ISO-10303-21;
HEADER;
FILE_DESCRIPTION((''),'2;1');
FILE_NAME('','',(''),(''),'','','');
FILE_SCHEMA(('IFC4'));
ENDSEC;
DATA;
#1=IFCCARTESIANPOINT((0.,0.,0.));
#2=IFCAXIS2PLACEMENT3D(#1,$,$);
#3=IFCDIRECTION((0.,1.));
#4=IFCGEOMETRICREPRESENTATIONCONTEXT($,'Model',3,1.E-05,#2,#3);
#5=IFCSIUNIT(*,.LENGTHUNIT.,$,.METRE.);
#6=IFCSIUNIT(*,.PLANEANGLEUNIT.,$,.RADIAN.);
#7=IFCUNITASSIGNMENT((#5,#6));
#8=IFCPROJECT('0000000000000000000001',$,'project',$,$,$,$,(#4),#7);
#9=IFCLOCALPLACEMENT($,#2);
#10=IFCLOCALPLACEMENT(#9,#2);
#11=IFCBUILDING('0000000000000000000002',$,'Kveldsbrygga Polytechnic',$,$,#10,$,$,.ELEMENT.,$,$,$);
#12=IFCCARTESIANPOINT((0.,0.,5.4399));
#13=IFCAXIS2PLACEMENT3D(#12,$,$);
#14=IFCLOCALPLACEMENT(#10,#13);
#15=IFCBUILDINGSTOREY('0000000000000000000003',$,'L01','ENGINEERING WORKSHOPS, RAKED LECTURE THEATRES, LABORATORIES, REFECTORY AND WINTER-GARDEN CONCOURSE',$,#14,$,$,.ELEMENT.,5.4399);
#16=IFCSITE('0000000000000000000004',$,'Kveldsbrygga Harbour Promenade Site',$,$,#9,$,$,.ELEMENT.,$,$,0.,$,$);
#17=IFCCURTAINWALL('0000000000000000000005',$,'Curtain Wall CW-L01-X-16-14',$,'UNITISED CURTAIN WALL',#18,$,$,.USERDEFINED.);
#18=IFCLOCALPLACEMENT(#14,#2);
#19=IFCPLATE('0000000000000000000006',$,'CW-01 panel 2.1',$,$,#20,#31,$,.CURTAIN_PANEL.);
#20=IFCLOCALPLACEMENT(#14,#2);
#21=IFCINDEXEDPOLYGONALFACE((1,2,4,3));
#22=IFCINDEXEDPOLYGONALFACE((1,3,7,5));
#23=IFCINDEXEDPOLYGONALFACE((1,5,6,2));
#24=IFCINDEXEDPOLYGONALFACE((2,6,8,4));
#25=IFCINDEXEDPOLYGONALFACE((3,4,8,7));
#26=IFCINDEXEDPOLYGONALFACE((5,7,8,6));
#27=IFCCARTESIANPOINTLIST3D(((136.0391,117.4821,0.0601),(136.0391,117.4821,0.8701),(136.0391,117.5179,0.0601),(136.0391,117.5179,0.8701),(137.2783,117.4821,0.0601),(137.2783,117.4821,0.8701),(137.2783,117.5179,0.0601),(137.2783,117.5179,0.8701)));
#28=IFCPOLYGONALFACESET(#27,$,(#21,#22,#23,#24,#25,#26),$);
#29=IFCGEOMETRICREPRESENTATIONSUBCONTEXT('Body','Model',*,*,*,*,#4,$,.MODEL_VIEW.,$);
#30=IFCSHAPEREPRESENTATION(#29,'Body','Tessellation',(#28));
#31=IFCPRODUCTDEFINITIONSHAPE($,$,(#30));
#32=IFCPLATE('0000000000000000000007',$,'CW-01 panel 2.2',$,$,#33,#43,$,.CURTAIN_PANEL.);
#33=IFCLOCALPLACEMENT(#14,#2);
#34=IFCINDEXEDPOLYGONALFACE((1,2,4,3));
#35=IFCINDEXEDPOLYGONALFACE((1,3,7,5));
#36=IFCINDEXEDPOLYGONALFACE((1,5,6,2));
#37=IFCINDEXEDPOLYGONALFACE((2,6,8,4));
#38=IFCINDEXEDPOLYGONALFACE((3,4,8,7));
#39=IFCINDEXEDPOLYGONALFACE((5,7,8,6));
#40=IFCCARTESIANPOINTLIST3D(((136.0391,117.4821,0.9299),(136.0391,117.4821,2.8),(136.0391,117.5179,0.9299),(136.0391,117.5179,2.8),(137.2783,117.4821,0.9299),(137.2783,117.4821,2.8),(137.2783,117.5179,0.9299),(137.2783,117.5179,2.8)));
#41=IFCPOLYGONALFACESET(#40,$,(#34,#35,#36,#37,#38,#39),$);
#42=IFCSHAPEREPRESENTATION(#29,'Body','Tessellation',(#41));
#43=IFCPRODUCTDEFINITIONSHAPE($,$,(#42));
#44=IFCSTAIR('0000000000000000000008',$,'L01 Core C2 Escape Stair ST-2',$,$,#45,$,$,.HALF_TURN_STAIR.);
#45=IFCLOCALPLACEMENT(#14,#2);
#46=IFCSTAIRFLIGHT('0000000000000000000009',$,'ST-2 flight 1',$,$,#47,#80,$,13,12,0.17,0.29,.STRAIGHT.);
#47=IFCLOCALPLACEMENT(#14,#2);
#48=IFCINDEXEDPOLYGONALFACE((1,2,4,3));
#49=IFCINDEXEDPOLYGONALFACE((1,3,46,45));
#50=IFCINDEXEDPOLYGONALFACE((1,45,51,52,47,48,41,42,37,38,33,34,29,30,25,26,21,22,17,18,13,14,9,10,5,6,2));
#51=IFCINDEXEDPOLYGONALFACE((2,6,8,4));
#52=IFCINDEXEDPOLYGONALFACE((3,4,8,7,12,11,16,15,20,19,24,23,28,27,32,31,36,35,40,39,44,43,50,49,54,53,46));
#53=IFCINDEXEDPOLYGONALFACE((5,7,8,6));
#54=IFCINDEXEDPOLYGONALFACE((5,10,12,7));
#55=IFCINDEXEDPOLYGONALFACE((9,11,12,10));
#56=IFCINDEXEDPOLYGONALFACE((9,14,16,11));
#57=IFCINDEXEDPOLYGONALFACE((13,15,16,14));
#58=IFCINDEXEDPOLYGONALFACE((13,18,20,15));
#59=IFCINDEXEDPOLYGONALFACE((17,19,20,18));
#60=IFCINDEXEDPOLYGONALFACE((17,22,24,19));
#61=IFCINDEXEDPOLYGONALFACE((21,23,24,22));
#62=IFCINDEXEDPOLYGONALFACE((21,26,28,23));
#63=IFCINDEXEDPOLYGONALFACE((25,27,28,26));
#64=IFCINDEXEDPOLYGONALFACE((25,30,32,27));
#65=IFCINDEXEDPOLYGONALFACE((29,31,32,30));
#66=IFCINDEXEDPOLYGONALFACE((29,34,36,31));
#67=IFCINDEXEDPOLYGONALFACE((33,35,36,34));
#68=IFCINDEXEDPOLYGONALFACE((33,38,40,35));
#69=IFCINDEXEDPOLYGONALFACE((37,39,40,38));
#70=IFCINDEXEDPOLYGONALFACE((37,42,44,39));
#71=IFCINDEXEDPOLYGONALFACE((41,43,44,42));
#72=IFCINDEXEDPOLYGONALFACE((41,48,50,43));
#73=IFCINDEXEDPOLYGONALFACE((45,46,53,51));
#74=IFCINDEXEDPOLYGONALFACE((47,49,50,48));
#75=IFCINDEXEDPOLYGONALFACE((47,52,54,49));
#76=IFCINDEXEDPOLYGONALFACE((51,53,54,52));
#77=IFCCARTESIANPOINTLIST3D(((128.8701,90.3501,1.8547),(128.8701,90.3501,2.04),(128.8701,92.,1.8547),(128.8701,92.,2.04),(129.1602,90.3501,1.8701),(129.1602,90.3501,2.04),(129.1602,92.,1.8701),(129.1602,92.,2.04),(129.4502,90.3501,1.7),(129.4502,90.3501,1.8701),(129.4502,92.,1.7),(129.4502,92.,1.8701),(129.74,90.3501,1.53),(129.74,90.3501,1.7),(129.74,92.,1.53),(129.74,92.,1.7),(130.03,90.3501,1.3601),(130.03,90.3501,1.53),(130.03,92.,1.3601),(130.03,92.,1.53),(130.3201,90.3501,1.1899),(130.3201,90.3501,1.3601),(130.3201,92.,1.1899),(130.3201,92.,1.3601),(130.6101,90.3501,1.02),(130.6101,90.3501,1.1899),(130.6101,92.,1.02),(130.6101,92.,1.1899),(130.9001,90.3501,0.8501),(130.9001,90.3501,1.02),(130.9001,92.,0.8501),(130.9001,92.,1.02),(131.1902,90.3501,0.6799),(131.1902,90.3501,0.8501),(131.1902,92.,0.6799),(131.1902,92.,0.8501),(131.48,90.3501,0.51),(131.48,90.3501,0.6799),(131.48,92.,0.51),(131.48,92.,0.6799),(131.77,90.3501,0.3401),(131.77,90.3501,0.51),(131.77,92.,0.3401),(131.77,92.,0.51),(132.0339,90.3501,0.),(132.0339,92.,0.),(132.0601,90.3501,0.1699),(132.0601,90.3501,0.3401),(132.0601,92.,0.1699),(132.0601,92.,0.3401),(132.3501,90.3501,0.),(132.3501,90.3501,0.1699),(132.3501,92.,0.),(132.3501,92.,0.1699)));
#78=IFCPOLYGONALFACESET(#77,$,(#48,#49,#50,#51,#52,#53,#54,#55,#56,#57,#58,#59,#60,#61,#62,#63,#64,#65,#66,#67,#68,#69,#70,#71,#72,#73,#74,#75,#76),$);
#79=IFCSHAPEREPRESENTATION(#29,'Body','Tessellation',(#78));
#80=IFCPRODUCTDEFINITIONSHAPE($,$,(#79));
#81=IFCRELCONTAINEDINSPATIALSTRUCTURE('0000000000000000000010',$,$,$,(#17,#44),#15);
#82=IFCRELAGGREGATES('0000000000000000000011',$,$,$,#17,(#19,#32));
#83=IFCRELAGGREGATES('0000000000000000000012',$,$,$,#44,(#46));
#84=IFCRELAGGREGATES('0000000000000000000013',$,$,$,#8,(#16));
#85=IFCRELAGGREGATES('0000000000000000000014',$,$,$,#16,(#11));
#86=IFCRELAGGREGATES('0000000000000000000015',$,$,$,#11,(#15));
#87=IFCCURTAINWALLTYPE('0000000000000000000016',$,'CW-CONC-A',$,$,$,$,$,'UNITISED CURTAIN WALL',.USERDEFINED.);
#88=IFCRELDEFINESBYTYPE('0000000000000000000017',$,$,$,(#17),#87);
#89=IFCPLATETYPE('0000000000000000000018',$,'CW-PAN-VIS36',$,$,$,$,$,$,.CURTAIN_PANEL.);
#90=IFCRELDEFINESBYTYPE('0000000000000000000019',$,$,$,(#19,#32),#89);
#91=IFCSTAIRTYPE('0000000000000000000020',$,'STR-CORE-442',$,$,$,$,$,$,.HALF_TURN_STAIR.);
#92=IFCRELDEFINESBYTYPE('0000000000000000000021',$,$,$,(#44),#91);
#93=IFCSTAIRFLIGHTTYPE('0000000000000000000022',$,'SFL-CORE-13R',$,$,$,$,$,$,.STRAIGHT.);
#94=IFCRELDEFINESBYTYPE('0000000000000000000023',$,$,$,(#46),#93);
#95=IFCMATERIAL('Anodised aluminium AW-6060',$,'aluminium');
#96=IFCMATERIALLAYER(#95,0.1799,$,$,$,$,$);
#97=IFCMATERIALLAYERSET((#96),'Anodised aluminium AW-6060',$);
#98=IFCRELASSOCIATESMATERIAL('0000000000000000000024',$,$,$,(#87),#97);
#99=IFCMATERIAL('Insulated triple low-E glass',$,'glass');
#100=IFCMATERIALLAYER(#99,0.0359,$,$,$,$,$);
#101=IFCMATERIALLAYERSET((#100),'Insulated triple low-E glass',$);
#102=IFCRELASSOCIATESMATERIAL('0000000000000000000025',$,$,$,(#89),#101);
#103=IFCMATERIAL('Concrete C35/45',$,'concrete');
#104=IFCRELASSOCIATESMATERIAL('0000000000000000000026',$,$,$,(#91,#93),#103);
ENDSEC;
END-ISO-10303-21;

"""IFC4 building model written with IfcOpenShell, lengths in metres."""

from ifc_helpers import new_model, si_unit, direction, frame, origin, origin_2d, place, context, subcontext, project, spatial, polyline, rectangle, outline, extrude, material, layer, layer_set, type_object, element, aggregate, save


model = new_model("IFC4")

# Units and contexts
model_context = context("Model", 3, precision=1e-05, world=origin(), true_north=direction((0.0, 1.0)))
body_context = subcontext(model_context, "Body", "Model", "MODEL_VIEW")
ifc_project = project(units=[si_unit("LENGTHUNIT", "METRE"), si_unit("PLANEANGLEUNIT", "RADIAN")], contexts=[model_context])

# Site, building, storey
site_placement = place(None, origin())
site = spatial("IfcSite", under=ifc_project, at=site_placement, Name="Kveldsbrygga Harbour Promenade Site", CompositionType="ELEMENT", RefElevation=0.0)
building_placement = place(site_placement, origin())
building = spatial("IfcBuilding", under=site, at=building_placement, Name="Kveldsbrygga Polytechnic", CompositionType="ELEMENT")
storey_placement = place(building_placement, frame((0.0, 0.0, 5.4399)))
storey = spatial("IfcBuildingStorey", under=building, at=storey_placement, Name="L01", Description="ENGINEERING WORKSHOPS, RAKED LECTURE THEATRES, LABORATORIES, REFECTORY AND WINTER-GARDEN CONCOURSE", CompositionType="ELEMENT", Elevation=5.4399)

# Shared definitions
ifc_material_1 = material(Name="Concrete C35/45", Category="concrete")

# Curtain wall
ifc_material_2 = material(Name="Anodised aluminium AW-6060", Category="aluminium")
ifc_layer_1 = layer(ifc_material_2, 0.1799)
ifc_layer_set_1 = layer_set([ifc_layer_1], Name="Anodised aluminium AW-6060")
curtain_wall_type = type_object("IfcCurtainWallType", Name="CW-CONC-A", ElementType="UNITISED CURTAIN WALL", PredefinedType="USERDEFINED", material=ifc_layer_set_1)
curtain_wall_placement = place(storey_placement, origin())
curtain_wall = element("IfcCurtainWall", 1, at=curtain_wall_placement, inside=storey, type_object=curtain_wall_type, Name="Curtain Wall CW-L01-X-16-14", ObjectType="UNITISED CURTAIN WALL", PredefinedType="USERDEFINED")

# Plates
ifc_material_3 = material(Name="Insulated triple low-E glass", Category="glass")
ifc_layer_2 = layer(ifc_material_3, 0.0359)
ifc_layer_set_2 = layer_set([ifc_layer_2], Name="Insulated triple low-E glass")
plate_type = type_object("IfcPlateType", Name="CW-PAN-VIS36", PredefinedType="CURTAIN_PANEL", material=ifc_layer_set_2)
plate_1_placement = place(storey_placement, frame((136.6587, 117.5, 0.0601), z_axis=(0.0, 0.0, 1.0), x_axis=(1.0, 0.0, 0.0)))
plate_1 = element("IfcPlate", 2, at=plate_1_placement, type_object=plate_type, Name="CW-01 panel 2.1", PredefinedType="CURTAIN_PANEL", context=body_context, shape_type="SweptSolid", body=[
    extrude(rectangle(XDim=1.2393, YDim=0.0359, at=origin_2d()), origin(), (0.0, 0.0, 1.0), 0.8101),
])
plate_2_placement = place(storey_placement, frame((136.6587, 117.5, 0.9299), z_axis=(0.0, 0.0, 1.0), x_axis=(1.0, 0.0, 0.0)))
plate_2 = element("IfcPlate", 3, at=plate_2_placement, type_object=plate_type, Name="CW-01 panel 2.2", PredefinedType="CURTAIN_PANEL", context=body_context, shape_type="SweptSolid", body=[
    extrude(rectangle(XDim=1.2393, YDim=0.0359, at=origin_2d()), origin(), (0.0, 0.0, 1.0), 1.8701),
])
aggregate(curtain_wall, [plate_1, plate_2])

# Stair, stair flight
stair_type = type_object("IfcStairType", Name="STR-CORE-442", PredefinedType="HALF_TURN_STAIR", material=ifc_material_1)
stair_placement = place(storey_placement, origin())
stair = element("IfcStair", 4, at=stair_placement, inside=storey, type_object=stair_type, Name="L01 Core C2 Escape Stair ST-2", PredefinedType="HALF_TURN_STAIR")
stair_flight_type = type_object("IfcStairFlightType", Name="SFL-CORE-13R", PredefinedType="STRAIGHT", material=ifc_material_1)
stair_flight_placement = place(storey_placement, frame((132.3501, 91.175, 0.0), z_axis=(0.0, 0.0, 1.0), x_axis=(-1.0, 0.0, 0.0)))
stair_flight = element("IfcStairFlight", 5, at=stair_flight_placement, type_object=stair_flight_type, Name="ST-2 flight 1", NumberOfRisers=13, NumberOfTreads=12, PredefinedType="STRAIGHT", RiserHeight=0.17, TreadLength=0.29, context=body_context, shape_type="SweptSolid", body=[
    extrude(outline(polyline([(0.0, 0.0), (0.0, 0.1699), (0.29, 0.1699), (0.29, 0.3401), (0.5801, 0.3401), (0.5801, 0.51), (0.8701, 0.51), (0.8701, 0.6799), (1.1599, 0.6799), (1.1599, 0.8501), (1.45, 0.8501), (1.45, 1.02), (1.74, 1.02), (1.74, 1.1899), (2.03, 1.1899), (2.03, 1.3601), (2.3201, 1.3601), (2.3201, 1.53), (2.6101, 1.53), (2.6101, 1.7), (2.8999, 1.7), (2.8999, 1.8701), (3.1899, 1.8701), (3.1899, 2.04), (3.48, 2.04), (3.48, 2.21), (3.48, 1.8547), (0.3162, 0.0), (0.0, 0.0)])), frame((0.0, 0.825, 0.0), z_axis=(0.0, -1.0, 0.0), x_axis=(1.0, 0.0, 0.0)), (0.0, 0.0, 1.0), 1.6499),
])
aggregate(stair, [stair_flight])

save(model, "model.ifc")
